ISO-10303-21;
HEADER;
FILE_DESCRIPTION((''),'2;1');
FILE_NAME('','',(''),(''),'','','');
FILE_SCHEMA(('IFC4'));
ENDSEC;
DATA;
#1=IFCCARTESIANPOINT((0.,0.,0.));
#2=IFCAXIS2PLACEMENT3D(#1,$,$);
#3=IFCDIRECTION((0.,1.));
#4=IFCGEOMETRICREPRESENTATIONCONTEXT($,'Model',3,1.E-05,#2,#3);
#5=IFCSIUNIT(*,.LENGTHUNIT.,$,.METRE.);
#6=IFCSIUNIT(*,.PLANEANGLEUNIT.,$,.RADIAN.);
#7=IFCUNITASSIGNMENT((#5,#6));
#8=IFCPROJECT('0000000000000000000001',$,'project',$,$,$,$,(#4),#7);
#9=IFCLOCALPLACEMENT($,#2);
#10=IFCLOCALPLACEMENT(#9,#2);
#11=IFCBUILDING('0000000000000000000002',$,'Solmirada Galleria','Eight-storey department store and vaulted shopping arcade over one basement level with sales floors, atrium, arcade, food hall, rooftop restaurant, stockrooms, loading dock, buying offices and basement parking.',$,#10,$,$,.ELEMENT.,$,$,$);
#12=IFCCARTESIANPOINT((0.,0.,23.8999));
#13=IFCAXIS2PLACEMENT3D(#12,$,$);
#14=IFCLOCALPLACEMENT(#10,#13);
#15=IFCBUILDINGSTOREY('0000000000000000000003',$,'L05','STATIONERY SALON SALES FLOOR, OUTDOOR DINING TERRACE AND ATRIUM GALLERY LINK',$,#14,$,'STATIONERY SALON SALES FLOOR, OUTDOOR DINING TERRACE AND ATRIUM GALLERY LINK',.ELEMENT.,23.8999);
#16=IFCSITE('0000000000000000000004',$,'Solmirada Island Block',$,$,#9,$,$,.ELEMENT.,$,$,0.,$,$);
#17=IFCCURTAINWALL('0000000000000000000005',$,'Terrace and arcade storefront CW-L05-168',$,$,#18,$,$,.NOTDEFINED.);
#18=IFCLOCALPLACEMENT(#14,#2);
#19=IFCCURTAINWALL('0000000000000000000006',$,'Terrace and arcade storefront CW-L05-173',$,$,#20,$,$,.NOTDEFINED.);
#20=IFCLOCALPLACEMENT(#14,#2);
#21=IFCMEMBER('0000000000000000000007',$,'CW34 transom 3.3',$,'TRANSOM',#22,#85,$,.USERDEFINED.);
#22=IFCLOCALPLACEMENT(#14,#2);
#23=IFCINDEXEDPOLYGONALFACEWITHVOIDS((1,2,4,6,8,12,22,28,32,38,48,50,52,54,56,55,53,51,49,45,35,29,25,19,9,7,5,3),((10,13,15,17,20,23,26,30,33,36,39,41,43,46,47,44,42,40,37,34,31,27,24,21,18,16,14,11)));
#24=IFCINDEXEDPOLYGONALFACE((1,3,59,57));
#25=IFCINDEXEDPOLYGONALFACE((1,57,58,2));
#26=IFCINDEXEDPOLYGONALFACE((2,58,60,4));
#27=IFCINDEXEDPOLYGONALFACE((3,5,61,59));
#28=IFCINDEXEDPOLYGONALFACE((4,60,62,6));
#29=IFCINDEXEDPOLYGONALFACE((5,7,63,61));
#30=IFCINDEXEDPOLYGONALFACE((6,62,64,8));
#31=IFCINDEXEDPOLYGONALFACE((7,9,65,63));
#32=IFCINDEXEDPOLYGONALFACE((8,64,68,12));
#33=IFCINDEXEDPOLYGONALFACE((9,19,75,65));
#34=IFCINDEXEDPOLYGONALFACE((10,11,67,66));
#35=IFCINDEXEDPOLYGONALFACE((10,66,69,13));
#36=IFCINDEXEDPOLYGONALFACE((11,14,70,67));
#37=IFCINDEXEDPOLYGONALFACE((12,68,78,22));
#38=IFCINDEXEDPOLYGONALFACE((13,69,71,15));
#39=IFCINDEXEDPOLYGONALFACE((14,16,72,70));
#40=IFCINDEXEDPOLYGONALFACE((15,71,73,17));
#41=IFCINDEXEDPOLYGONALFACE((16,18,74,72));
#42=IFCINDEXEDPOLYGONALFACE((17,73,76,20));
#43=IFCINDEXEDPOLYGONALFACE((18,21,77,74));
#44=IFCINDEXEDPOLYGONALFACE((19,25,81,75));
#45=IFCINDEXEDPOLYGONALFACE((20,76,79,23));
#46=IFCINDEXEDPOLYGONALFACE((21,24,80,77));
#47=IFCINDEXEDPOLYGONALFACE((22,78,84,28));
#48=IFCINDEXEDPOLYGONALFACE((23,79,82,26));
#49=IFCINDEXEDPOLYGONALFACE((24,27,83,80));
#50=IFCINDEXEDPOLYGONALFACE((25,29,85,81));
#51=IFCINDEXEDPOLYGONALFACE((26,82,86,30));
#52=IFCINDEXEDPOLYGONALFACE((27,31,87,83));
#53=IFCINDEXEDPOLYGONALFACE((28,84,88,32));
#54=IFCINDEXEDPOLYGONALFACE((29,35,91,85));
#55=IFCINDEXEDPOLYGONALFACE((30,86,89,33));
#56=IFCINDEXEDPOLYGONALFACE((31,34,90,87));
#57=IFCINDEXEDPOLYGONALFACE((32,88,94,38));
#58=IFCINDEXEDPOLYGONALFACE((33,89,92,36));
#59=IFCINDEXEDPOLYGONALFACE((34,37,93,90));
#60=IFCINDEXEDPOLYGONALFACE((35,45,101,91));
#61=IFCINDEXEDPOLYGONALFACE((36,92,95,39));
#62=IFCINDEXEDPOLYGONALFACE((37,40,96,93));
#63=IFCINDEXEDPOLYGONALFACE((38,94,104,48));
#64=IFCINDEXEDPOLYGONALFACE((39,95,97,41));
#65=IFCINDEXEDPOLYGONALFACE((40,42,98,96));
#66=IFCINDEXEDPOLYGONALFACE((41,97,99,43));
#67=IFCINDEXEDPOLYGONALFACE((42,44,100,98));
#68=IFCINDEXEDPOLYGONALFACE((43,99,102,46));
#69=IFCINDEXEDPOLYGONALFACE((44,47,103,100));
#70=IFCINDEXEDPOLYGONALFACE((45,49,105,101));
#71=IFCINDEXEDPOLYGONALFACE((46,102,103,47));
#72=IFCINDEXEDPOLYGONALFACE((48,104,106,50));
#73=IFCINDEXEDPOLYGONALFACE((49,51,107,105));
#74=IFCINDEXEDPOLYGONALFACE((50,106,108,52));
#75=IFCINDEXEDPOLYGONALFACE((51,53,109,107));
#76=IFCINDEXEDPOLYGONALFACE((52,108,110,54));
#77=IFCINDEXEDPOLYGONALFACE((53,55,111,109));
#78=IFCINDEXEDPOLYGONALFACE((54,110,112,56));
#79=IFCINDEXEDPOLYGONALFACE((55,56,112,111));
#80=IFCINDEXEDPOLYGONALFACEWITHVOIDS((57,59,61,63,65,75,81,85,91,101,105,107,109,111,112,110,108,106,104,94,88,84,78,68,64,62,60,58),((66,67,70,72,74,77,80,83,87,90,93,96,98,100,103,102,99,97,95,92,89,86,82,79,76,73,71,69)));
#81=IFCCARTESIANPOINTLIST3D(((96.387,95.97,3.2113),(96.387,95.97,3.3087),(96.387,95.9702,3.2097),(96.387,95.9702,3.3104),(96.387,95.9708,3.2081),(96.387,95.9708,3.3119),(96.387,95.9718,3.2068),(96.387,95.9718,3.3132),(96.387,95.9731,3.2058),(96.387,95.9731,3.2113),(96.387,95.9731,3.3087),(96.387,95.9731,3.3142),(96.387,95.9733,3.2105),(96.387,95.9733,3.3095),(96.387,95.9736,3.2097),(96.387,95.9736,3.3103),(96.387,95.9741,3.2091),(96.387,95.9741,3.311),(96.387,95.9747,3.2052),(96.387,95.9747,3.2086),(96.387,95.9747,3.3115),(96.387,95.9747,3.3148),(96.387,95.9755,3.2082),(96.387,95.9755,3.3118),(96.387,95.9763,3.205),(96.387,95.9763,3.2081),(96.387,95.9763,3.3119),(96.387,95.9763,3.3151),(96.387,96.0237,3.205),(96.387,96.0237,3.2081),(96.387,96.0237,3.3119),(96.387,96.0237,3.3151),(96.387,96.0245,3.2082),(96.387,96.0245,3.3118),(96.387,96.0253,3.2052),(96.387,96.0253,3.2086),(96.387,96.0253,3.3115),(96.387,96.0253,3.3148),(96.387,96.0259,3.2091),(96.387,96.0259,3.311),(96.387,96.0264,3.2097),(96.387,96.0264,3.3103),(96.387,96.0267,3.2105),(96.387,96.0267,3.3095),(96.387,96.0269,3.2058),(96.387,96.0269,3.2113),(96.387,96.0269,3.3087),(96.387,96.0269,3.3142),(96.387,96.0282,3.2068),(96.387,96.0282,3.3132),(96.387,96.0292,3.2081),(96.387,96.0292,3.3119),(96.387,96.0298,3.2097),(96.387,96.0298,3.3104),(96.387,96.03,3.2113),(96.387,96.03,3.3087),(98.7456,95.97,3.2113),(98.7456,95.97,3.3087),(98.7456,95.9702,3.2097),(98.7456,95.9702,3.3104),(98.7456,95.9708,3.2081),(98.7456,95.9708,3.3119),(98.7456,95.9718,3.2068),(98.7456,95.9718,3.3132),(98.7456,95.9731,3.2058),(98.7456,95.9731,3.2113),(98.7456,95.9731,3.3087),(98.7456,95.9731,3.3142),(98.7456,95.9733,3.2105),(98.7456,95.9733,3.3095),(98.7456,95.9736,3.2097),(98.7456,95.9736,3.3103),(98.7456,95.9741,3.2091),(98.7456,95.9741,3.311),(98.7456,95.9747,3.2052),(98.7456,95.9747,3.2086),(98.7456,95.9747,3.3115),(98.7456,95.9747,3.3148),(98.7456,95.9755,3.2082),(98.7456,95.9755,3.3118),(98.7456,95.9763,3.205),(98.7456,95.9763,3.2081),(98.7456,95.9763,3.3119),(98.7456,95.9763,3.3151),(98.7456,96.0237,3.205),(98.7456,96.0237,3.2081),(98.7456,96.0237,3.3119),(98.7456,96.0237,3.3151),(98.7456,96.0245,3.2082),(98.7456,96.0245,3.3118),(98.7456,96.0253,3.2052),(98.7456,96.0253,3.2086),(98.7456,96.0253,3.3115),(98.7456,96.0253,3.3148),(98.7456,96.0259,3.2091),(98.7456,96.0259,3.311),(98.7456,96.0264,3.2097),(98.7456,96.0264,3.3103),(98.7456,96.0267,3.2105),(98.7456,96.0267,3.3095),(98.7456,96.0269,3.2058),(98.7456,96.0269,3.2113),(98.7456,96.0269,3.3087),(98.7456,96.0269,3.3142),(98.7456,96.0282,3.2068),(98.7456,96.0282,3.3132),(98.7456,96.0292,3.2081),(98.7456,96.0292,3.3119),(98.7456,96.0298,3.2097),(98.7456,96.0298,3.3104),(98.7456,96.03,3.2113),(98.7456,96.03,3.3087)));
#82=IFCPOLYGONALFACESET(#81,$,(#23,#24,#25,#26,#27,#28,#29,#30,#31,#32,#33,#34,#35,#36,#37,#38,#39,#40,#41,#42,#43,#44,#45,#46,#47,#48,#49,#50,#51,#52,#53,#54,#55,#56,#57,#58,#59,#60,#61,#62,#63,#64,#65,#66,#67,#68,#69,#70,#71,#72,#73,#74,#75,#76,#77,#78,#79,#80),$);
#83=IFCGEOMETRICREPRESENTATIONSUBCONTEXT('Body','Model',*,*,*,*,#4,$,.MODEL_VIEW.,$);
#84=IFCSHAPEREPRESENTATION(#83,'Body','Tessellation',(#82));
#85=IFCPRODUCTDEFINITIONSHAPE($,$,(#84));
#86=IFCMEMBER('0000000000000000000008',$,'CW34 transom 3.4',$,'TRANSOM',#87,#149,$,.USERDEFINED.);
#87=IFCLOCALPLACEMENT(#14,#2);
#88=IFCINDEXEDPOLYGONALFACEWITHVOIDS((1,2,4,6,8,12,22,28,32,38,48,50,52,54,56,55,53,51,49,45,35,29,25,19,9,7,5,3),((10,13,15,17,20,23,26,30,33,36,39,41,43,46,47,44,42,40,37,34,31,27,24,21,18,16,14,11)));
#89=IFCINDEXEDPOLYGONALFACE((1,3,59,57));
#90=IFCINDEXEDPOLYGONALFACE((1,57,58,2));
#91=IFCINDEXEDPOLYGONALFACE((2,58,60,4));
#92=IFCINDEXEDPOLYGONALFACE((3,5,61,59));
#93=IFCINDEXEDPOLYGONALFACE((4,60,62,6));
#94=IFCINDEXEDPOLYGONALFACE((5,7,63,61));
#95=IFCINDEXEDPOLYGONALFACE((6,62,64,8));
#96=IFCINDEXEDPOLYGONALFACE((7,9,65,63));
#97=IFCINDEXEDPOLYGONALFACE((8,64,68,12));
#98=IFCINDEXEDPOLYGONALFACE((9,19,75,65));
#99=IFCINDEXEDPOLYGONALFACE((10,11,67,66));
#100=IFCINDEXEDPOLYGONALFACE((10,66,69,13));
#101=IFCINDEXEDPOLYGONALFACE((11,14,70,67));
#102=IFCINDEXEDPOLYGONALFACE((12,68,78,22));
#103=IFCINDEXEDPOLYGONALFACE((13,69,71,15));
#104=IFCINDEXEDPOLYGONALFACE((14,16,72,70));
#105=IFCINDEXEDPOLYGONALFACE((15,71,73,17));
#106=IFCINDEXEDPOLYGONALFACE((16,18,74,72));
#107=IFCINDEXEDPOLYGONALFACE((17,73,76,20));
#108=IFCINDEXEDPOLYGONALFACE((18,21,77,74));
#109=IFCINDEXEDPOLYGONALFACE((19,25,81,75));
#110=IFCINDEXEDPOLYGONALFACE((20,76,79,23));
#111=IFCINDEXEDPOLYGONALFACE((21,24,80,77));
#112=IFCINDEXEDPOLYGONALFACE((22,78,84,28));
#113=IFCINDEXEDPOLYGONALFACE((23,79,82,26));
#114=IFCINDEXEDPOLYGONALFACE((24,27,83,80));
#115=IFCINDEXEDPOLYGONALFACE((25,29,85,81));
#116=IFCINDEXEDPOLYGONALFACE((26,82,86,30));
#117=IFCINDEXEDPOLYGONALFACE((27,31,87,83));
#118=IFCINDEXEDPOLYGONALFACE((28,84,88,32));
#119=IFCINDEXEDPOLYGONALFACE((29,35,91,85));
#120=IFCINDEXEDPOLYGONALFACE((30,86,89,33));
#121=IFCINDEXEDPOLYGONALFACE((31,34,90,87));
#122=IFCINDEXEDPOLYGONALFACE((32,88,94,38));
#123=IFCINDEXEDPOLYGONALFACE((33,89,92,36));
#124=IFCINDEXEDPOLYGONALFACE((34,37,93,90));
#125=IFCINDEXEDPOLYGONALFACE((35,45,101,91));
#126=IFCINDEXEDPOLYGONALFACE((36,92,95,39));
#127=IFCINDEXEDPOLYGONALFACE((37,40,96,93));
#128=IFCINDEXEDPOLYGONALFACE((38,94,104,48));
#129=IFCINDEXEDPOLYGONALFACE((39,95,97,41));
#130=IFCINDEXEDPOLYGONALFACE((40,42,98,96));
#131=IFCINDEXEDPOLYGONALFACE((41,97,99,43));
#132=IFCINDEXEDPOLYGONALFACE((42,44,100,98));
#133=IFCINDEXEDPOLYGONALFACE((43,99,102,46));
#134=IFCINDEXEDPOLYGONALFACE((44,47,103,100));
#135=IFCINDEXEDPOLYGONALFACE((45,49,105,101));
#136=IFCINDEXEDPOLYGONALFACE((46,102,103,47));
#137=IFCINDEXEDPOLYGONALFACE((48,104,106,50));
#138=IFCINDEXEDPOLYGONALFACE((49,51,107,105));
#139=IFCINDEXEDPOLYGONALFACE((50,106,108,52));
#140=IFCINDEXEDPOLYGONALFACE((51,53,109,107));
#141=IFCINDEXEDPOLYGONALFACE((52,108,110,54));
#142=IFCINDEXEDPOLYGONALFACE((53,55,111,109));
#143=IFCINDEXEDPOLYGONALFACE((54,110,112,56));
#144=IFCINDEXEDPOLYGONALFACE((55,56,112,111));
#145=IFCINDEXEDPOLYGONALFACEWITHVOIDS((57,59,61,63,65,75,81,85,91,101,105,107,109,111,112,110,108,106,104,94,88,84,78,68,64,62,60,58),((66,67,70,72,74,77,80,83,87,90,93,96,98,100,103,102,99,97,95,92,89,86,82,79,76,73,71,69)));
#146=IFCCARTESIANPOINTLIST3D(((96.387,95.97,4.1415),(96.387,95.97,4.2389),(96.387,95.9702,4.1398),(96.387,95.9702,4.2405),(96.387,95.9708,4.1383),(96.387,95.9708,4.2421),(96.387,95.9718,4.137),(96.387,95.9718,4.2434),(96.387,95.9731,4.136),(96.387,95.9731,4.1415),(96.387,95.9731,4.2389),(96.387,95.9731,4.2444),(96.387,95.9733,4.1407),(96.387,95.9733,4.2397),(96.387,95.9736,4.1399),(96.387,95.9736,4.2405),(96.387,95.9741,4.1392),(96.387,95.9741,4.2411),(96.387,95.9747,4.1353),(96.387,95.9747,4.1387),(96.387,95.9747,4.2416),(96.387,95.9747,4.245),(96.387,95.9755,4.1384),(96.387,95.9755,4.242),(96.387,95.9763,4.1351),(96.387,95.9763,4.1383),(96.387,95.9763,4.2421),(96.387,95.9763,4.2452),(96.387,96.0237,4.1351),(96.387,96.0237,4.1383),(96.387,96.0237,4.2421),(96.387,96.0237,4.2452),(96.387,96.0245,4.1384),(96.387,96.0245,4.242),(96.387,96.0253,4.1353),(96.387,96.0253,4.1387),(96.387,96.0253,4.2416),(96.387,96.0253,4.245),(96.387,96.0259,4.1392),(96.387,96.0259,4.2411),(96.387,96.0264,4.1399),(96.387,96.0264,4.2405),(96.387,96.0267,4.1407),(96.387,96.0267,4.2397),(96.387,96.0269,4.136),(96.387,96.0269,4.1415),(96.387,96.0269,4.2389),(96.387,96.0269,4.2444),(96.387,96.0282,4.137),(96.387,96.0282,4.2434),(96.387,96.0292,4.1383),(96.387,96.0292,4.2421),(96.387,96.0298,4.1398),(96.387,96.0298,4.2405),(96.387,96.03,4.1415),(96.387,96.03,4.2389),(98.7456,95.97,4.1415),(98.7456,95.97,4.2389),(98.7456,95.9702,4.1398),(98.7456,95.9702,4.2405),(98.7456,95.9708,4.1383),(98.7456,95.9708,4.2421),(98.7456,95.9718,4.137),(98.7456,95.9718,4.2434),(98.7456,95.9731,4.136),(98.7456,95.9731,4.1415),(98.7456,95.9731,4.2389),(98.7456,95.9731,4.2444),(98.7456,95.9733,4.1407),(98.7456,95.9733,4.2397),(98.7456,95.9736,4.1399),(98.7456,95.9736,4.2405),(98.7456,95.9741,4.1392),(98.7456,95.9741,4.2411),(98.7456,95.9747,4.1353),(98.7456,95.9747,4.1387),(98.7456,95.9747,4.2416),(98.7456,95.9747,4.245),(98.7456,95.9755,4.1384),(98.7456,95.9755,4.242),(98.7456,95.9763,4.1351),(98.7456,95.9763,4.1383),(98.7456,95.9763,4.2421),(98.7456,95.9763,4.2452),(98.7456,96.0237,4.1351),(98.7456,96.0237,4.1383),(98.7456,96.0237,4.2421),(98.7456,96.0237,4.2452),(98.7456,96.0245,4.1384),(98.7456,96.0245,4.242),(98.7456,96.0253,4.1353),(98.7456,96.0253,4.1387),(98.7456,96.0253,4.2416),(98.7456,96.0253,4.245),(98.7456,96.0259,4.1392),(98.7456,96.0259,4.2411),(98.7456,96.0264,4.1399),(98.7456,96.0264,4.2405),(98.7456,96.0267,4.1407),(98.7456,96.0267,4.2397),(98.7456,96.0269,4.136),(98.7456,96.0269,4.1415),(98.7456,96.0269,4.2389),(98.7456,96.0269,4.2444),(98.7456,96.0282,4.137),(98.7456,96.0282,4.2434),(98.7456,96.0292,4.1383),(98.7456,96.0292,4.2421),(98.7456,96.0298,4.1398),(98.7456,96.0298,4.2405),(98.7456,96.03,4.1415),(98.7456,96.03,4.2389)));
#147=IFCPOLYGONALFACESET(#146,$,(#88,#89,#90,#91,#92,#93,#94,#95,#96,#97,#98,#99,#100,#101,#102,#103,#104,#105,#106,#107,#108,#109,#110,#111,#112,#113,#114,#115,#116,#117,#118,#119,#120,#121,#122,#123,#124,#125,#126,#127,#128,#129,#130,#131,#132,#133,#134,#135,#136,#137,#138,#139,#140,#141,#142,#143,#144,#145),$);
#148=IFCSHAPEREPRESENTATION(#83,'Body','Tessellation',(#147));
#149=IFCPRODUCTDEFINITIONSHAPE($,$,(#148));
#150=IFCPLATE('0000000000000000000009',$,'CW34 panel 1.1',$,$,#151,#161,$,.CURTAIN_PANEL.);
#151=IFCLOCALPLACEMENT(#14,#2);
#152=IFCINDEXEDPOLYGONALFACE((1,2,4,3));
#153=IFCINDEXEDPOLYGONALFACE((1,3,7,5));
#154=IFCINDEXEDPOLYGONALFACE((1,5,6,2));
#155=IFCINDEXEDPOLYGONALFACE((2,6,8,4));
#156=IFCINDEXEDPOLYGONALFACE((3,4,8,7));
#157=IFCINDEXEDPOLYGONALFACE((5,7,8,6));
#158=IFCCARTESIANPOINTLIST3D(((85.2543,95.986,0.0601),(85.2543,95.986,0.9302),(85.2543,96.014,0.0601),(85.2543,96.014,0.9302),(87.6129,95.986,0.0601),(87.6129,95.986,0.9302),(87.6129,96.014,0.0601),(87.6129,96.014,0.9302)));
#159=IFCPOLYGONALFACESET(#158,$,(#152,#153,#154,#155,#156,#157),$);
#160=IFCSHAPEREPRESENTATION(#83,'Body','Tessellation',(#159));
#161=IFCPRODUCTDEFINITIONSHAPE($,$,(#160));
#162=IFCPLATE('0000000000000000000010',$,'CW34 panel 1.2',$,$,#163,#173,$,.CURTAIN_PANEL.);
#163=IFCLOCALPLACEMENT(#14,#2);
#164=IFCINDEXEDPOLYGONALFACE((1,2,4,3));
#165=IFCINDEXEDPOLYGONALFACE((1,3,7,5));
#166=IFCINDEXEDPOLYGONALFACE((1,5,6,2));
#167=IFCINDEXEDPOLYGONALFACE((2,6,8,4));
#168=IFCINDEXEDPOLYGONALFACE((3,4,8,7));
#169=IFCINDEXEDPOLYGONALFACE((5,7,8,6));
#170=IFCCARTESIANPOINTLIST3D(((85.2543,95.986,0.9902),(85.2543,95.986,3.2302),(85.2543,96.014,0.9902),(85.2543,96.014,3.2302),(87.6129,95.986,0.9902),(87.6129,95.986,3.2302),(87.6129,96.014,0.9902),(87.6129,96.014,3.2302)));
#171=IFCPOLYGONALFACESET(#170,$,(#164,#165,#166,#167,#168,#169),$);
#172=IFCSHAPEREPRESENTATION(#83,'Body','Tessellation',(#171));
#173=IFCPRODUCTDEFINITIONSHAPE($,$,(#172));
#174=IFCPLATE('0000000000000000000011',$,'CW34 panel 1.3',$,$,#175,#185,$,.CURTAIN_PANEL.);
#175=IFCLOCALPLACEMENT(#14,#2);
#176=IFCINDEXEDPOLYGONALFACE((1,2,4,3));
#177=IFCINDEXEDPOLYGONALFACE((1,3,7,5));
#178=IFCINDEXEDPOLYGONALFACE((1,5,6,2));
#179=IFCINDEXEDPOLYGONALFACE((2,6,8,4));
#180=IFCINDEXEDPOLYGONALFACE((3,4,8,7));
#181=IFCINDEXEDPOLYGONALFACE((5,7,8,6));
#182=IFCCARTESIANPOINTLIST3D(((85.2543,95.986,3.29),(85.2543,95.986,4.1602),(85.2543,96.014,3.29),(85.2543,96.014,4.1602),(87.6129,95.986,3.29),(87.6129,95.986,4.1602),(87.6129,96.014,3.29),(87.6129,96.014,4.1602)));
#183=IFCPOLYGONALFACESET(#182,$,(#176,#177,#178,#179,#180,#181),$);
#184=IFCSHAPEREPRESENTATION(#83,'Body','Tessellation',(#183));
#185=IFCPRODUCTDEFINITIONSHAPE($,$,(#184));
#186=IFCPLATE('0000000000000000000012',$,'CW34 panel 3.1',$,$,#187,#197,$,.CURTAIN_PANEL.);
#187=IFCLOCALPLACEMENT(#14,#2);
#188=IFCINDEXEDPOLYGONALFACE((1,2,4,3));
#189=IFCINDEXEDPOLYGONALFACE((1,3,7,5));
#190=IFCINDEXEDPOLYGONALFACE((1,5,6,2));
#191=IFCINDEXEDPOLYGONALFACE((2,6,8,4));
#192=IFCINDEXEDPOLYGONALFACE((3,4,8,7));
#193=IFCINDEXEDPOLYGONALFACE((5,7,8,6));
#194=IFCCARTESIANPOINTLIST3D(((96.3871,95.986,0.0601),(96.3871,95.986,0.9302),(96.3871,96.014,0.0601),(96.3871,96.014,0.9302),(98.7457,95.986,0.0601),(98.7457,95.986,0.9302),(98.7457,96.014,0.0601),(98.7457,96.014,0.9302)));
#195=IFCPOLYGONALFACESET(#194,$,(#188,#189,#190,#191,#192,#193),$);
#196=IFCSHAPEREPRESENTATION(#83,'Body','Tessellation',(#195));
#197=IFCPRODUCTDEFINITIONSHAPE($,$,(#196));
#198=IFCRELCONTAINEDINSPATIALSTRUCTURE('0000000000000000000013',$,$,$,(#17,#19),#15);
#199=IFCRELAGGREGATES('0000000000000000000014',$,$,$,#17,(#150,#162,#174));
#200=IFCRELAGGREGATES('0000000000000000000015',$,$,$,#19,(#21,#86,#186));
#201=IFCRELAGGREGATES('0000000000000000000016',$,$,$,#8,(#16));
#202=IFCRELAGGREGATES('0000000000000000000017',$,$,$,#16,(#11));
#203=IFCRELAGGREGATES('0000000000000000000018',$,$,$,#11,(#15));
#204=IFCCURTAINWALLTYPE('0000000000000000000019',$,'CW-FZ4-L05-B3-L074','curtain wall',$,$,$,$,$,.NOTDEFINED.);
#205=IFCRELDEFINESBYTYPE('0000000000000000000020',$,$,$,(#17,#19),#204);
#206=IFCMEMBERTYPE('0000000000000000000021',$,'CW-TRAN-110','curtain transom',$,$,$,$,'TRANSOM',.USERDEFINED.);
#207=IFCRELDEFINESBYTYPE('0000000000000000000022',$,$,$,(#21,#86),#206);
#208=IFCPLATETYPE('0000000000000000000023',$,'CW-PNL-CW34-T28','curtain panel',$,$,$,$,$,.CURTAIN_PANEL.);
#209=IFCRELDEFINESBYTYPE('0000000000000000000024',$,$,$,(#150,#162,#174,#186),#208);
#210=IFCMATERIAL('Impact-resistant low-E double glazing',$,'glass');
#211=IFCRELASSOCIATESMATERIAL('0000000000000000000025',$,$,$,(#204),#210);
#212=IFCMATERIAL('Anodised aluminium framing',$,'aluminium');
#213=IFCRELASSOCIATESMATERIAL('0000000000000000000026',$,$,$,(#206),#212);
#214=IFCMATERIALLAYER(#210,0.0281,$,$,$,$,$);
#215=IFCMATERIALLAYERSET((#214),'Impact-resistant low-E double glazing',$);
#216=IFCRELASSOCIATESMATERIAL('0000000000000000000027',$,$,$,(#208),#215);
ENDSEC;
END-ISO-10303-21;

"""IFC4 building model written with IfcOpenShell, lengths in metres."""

from ifc_helpers import new_model, si_unit, direction, frame, origin, origin_2d, place, context, subcontext, project, spatial, rectangle, hollow_rectangle, extrude, material, layer, layer_set, material_profile, profile_set, type_object, element, aggregate, save


model = new_model("IFC4")

# Units and contexts
model_context = context("Model", 3, precision=1e-05, world=origin(), true_north=direction((0.0, 1.0)))
body_context = subcontext(model_context, "Body", "Model", "MODEL_VIEW")
ifc_project = project(units=[si_unit("LENGTHUNIT", "METRE"), si_unit("PLANEANGLEUNIT", "RADIAN")], contexts=[model_context])

# Site, building, storey
site_placement = place(None, origin())
site = spatial("IfcSite", under=ifc_project, at=site_placement, Name="Solmirada Island Block", CompositionType="ELEMENT", RefElevation=0.0)
building_placement = place(site_placement, origin())
building = spatial("IfcBuilding", under=site, at=building_placement, Name="Solmirada Galleria", Description="Eight-storey department store and vaulted shopping arcade over one basement level with sales floors, atrium, arcade, food hall, rooftop restaurant, stockrooms, loading dock, buying offices and basement parking.", CompositionType="ELEMENT")
storey_placement = place(building_placement, frame((0.0, 0.0, 23.8999)))
storey = spatial("IfcBuildingStorey", under=building, at=storey_placement, Name="L05", Description="STATIONERY SALON SALES FLOOR, OUTDOOR DINING TERRACE AND ATRIUM GALLERY LINK", LongName="STATIONERY SALON SALES FLOOR, OUTDOOR DINING TERRACE AND ATRIUM GALLERY LINK", CompositionType="ELEMENT", Elevation=23.8999)

# Curtain wall
ifc_material_1 = material(Name="Impact-resistant low-E double glazing", Category="glass")
curtain_wall_type = type_object("IfcCurtainWallType", Name="CW-FZ4-L05-B3-L074", Description="curtain wall", PredefinedType="NOTDEFINED", material=ifc_material_1)
curtain_wall_1_placement = place(storey_placement, origin())
curtain_wall_1 = element("IfcCurtainWall", 1, at=curtain_wall_1_placement, inside=storey, type_object=curtain_wall_type, Name="Terrace and arcade storefront CW-L05-168", PredefinedType="NOTDEFINED")
ifc_material_2 = material(Name="Anodised aluminium framing", Category="aluminium")

# Curtain wall
curtain_wall_2_placement = place(storey_placement, origin())
curtain_wall_2 = element("IfcCurtainWall", 2, at=curtain_wall_2_placement, inside=storey, type_object=curtain_wall_type, Name="Terrace and arcade storefront CW-L05-173", PredefinedType="NOTDEFINED")

# Members
ifc_material_profile_1 = material_profile(ifc_material_2, hollow_rectangle(XDim=0.0601, YDim=0.1101, WallThickness=0.0032, InnerFilletRadius=0.0032, OuterFilletRadius=0.0063, at=origin_2d()), Name="ALU-TRAN-110X60")
ifc_profile_set_1 = profile_set([ifc_material_profile_1], Name="Anodised aluminium framing")
member_type_1 = type_object("IfcMemberType", Name="CW-TRAN-110", Description="curtain transom", ElementType="TRANSOM", PredefinedType="USERDEFINED", material=ifc_profile_set_1)
member_1_placement = place(storey_placement, frame((98.7456, 96.0, 3.26), z_axis=(-1.0, 0.0, 0.0), x_axis=(0.0, -1.0, 0.0)))
member_1 = element("IfcMember", 3, at=member_1_placement, type_object=member_type_1, Name="CW34 transom 3.3", ObjectType="TRANSOM", PredefinedType="USERDEFINED", context=body_context, shape_type="SweptSolid", body=[
    extrude(hollow_rectangle(XDim=0.0601, YDim=0.1101, WallThickness=0.0032, InnerFilletRadius=0.0032, OuterFilletRadius=0.0063, at=origin_2d()), origin(), (0.0, 0.0, 1.0), 2.3586),
])
member_2_placement = place(storey_placement, frame((98.7456, 96.0, 4.1902), z_axis=(-1.0, 0.0, 0.0), x_axis=(0.0, -1.0, 0.0)))
member_2 = element("IfcMember", 4, at=member_2_placement, type_object=member_type_1, Name="CW34 transom 3.4", ObjectType="TRANSOM", PredefinedType="USERDEFINED", context=body_context, shape_type="SweptSolid", body=[
    extrude(hollow_rectangle(XDim=0.0601, YDim=0.1101, WallThickness=0.0032, InnerFilletRadius=0.0032, OuterFilletRadius=0.0063, at=origin_2d()), origin(), (0.0, 0.0, 1.0), 2.3586),
])

# Plates
ifc_layer_1 = layer(ifc_material_1, 0.0281)
ifc_layer_set_1 = layer_set([ifc_layer_1], Name="Impact-resistant low-E double glazing")
plate_type = type_object("IfcPlateType", Name="CW-PNL-CW34-T28", Description="curtain panel", PredefinedType="CURTAIN_PANEL", material=ifc_layer_set_1)
plate_1_placement = place(storey_placement, frame((86.4336, 96.0, 0.0601), z_axis=(0.0, 0.0, 1.0), x_axis=(-1.0, 0.0, 0.0)))
plate_1 = element("IfcPlate", 5, at=plate_1_placement, type_object=plate_type, Name="CW34 panel 1.1", PredefinedType="CURTAIN_PANEL", context=body_context, shape_type="SweptSolid", body=[
    extrude(rectangle(XDim=2.3586, YDim=0.0281, at=origin_2d()), origin(), (0.0, 0.0, 1.0), 0.8701),
])
plate_2_placement = place(storey_placement, frame((86.4336, 96.0, 0.9902), z_axis=(0.0, 0.0, 1.0), x_axis=(-1.0, 0.0, 0.0)))
plate_2 = element("IfcPlate", 6, at=plate_2_placement, type_object=plate_type, Name="CW34 panel 1.2", PredefinedType="CURTAIN_PANEL", context=body_context, shape_type="SweptSolid", body=[
    extrude(rectangle(XDim=2.3586, YDim=0.0281, at=origin_2d()), origin(), (0.0, 0.0, 1.0), 2.24),
])
plate_3_placement = place(storey_placement, frame((86.4336, 96.0, 3.29), z_axis=(0.0, 0.0, 1.0), x_axis=(-1.0, 0.0, 0.0)))
plate_3 = element("IfcPlate", 7, at=plate_3_placement, type_object=plate_type, Name="CW34 panel 1.3", PredefinedType="CURTAIN_PANEL", context=body_context, shape_type="SweptSolid", body=[
    extrude(rectangle(XDim=2.3586, YDim=0.0281, at=origin_2d()), origin(), (0.0, 0.0, 1.0), 0.8701),
])
aggregate(curtain_wall_1, [plate_1, plate_2, plate_3])
plate_4_placement = place(storey_placement, frame((97.5664, 96.0, 0.0601), z_axis=(0.0, 0.0, 1.0), x_axis=(-1.0, 0.0, 0.0)))
plate_4 = element("IfcPlate", 8, at=plate_4_placement, type_object=plate_type, Name="CW34 panel 3.1", PredefinedType="CURTAIN_PANEL", context=body_context, shape_type="SweptSolid", body=[
    extrude(rectangle(XDim=2.3586, YDim=0.0281, at=origin_2d()), origin(), (0.0, 0.0, 1.0), 0.8701),
])
aggregate(curtain_wall_2, [member_1, member_2, plate_4])

save(model, "model.ifc")
